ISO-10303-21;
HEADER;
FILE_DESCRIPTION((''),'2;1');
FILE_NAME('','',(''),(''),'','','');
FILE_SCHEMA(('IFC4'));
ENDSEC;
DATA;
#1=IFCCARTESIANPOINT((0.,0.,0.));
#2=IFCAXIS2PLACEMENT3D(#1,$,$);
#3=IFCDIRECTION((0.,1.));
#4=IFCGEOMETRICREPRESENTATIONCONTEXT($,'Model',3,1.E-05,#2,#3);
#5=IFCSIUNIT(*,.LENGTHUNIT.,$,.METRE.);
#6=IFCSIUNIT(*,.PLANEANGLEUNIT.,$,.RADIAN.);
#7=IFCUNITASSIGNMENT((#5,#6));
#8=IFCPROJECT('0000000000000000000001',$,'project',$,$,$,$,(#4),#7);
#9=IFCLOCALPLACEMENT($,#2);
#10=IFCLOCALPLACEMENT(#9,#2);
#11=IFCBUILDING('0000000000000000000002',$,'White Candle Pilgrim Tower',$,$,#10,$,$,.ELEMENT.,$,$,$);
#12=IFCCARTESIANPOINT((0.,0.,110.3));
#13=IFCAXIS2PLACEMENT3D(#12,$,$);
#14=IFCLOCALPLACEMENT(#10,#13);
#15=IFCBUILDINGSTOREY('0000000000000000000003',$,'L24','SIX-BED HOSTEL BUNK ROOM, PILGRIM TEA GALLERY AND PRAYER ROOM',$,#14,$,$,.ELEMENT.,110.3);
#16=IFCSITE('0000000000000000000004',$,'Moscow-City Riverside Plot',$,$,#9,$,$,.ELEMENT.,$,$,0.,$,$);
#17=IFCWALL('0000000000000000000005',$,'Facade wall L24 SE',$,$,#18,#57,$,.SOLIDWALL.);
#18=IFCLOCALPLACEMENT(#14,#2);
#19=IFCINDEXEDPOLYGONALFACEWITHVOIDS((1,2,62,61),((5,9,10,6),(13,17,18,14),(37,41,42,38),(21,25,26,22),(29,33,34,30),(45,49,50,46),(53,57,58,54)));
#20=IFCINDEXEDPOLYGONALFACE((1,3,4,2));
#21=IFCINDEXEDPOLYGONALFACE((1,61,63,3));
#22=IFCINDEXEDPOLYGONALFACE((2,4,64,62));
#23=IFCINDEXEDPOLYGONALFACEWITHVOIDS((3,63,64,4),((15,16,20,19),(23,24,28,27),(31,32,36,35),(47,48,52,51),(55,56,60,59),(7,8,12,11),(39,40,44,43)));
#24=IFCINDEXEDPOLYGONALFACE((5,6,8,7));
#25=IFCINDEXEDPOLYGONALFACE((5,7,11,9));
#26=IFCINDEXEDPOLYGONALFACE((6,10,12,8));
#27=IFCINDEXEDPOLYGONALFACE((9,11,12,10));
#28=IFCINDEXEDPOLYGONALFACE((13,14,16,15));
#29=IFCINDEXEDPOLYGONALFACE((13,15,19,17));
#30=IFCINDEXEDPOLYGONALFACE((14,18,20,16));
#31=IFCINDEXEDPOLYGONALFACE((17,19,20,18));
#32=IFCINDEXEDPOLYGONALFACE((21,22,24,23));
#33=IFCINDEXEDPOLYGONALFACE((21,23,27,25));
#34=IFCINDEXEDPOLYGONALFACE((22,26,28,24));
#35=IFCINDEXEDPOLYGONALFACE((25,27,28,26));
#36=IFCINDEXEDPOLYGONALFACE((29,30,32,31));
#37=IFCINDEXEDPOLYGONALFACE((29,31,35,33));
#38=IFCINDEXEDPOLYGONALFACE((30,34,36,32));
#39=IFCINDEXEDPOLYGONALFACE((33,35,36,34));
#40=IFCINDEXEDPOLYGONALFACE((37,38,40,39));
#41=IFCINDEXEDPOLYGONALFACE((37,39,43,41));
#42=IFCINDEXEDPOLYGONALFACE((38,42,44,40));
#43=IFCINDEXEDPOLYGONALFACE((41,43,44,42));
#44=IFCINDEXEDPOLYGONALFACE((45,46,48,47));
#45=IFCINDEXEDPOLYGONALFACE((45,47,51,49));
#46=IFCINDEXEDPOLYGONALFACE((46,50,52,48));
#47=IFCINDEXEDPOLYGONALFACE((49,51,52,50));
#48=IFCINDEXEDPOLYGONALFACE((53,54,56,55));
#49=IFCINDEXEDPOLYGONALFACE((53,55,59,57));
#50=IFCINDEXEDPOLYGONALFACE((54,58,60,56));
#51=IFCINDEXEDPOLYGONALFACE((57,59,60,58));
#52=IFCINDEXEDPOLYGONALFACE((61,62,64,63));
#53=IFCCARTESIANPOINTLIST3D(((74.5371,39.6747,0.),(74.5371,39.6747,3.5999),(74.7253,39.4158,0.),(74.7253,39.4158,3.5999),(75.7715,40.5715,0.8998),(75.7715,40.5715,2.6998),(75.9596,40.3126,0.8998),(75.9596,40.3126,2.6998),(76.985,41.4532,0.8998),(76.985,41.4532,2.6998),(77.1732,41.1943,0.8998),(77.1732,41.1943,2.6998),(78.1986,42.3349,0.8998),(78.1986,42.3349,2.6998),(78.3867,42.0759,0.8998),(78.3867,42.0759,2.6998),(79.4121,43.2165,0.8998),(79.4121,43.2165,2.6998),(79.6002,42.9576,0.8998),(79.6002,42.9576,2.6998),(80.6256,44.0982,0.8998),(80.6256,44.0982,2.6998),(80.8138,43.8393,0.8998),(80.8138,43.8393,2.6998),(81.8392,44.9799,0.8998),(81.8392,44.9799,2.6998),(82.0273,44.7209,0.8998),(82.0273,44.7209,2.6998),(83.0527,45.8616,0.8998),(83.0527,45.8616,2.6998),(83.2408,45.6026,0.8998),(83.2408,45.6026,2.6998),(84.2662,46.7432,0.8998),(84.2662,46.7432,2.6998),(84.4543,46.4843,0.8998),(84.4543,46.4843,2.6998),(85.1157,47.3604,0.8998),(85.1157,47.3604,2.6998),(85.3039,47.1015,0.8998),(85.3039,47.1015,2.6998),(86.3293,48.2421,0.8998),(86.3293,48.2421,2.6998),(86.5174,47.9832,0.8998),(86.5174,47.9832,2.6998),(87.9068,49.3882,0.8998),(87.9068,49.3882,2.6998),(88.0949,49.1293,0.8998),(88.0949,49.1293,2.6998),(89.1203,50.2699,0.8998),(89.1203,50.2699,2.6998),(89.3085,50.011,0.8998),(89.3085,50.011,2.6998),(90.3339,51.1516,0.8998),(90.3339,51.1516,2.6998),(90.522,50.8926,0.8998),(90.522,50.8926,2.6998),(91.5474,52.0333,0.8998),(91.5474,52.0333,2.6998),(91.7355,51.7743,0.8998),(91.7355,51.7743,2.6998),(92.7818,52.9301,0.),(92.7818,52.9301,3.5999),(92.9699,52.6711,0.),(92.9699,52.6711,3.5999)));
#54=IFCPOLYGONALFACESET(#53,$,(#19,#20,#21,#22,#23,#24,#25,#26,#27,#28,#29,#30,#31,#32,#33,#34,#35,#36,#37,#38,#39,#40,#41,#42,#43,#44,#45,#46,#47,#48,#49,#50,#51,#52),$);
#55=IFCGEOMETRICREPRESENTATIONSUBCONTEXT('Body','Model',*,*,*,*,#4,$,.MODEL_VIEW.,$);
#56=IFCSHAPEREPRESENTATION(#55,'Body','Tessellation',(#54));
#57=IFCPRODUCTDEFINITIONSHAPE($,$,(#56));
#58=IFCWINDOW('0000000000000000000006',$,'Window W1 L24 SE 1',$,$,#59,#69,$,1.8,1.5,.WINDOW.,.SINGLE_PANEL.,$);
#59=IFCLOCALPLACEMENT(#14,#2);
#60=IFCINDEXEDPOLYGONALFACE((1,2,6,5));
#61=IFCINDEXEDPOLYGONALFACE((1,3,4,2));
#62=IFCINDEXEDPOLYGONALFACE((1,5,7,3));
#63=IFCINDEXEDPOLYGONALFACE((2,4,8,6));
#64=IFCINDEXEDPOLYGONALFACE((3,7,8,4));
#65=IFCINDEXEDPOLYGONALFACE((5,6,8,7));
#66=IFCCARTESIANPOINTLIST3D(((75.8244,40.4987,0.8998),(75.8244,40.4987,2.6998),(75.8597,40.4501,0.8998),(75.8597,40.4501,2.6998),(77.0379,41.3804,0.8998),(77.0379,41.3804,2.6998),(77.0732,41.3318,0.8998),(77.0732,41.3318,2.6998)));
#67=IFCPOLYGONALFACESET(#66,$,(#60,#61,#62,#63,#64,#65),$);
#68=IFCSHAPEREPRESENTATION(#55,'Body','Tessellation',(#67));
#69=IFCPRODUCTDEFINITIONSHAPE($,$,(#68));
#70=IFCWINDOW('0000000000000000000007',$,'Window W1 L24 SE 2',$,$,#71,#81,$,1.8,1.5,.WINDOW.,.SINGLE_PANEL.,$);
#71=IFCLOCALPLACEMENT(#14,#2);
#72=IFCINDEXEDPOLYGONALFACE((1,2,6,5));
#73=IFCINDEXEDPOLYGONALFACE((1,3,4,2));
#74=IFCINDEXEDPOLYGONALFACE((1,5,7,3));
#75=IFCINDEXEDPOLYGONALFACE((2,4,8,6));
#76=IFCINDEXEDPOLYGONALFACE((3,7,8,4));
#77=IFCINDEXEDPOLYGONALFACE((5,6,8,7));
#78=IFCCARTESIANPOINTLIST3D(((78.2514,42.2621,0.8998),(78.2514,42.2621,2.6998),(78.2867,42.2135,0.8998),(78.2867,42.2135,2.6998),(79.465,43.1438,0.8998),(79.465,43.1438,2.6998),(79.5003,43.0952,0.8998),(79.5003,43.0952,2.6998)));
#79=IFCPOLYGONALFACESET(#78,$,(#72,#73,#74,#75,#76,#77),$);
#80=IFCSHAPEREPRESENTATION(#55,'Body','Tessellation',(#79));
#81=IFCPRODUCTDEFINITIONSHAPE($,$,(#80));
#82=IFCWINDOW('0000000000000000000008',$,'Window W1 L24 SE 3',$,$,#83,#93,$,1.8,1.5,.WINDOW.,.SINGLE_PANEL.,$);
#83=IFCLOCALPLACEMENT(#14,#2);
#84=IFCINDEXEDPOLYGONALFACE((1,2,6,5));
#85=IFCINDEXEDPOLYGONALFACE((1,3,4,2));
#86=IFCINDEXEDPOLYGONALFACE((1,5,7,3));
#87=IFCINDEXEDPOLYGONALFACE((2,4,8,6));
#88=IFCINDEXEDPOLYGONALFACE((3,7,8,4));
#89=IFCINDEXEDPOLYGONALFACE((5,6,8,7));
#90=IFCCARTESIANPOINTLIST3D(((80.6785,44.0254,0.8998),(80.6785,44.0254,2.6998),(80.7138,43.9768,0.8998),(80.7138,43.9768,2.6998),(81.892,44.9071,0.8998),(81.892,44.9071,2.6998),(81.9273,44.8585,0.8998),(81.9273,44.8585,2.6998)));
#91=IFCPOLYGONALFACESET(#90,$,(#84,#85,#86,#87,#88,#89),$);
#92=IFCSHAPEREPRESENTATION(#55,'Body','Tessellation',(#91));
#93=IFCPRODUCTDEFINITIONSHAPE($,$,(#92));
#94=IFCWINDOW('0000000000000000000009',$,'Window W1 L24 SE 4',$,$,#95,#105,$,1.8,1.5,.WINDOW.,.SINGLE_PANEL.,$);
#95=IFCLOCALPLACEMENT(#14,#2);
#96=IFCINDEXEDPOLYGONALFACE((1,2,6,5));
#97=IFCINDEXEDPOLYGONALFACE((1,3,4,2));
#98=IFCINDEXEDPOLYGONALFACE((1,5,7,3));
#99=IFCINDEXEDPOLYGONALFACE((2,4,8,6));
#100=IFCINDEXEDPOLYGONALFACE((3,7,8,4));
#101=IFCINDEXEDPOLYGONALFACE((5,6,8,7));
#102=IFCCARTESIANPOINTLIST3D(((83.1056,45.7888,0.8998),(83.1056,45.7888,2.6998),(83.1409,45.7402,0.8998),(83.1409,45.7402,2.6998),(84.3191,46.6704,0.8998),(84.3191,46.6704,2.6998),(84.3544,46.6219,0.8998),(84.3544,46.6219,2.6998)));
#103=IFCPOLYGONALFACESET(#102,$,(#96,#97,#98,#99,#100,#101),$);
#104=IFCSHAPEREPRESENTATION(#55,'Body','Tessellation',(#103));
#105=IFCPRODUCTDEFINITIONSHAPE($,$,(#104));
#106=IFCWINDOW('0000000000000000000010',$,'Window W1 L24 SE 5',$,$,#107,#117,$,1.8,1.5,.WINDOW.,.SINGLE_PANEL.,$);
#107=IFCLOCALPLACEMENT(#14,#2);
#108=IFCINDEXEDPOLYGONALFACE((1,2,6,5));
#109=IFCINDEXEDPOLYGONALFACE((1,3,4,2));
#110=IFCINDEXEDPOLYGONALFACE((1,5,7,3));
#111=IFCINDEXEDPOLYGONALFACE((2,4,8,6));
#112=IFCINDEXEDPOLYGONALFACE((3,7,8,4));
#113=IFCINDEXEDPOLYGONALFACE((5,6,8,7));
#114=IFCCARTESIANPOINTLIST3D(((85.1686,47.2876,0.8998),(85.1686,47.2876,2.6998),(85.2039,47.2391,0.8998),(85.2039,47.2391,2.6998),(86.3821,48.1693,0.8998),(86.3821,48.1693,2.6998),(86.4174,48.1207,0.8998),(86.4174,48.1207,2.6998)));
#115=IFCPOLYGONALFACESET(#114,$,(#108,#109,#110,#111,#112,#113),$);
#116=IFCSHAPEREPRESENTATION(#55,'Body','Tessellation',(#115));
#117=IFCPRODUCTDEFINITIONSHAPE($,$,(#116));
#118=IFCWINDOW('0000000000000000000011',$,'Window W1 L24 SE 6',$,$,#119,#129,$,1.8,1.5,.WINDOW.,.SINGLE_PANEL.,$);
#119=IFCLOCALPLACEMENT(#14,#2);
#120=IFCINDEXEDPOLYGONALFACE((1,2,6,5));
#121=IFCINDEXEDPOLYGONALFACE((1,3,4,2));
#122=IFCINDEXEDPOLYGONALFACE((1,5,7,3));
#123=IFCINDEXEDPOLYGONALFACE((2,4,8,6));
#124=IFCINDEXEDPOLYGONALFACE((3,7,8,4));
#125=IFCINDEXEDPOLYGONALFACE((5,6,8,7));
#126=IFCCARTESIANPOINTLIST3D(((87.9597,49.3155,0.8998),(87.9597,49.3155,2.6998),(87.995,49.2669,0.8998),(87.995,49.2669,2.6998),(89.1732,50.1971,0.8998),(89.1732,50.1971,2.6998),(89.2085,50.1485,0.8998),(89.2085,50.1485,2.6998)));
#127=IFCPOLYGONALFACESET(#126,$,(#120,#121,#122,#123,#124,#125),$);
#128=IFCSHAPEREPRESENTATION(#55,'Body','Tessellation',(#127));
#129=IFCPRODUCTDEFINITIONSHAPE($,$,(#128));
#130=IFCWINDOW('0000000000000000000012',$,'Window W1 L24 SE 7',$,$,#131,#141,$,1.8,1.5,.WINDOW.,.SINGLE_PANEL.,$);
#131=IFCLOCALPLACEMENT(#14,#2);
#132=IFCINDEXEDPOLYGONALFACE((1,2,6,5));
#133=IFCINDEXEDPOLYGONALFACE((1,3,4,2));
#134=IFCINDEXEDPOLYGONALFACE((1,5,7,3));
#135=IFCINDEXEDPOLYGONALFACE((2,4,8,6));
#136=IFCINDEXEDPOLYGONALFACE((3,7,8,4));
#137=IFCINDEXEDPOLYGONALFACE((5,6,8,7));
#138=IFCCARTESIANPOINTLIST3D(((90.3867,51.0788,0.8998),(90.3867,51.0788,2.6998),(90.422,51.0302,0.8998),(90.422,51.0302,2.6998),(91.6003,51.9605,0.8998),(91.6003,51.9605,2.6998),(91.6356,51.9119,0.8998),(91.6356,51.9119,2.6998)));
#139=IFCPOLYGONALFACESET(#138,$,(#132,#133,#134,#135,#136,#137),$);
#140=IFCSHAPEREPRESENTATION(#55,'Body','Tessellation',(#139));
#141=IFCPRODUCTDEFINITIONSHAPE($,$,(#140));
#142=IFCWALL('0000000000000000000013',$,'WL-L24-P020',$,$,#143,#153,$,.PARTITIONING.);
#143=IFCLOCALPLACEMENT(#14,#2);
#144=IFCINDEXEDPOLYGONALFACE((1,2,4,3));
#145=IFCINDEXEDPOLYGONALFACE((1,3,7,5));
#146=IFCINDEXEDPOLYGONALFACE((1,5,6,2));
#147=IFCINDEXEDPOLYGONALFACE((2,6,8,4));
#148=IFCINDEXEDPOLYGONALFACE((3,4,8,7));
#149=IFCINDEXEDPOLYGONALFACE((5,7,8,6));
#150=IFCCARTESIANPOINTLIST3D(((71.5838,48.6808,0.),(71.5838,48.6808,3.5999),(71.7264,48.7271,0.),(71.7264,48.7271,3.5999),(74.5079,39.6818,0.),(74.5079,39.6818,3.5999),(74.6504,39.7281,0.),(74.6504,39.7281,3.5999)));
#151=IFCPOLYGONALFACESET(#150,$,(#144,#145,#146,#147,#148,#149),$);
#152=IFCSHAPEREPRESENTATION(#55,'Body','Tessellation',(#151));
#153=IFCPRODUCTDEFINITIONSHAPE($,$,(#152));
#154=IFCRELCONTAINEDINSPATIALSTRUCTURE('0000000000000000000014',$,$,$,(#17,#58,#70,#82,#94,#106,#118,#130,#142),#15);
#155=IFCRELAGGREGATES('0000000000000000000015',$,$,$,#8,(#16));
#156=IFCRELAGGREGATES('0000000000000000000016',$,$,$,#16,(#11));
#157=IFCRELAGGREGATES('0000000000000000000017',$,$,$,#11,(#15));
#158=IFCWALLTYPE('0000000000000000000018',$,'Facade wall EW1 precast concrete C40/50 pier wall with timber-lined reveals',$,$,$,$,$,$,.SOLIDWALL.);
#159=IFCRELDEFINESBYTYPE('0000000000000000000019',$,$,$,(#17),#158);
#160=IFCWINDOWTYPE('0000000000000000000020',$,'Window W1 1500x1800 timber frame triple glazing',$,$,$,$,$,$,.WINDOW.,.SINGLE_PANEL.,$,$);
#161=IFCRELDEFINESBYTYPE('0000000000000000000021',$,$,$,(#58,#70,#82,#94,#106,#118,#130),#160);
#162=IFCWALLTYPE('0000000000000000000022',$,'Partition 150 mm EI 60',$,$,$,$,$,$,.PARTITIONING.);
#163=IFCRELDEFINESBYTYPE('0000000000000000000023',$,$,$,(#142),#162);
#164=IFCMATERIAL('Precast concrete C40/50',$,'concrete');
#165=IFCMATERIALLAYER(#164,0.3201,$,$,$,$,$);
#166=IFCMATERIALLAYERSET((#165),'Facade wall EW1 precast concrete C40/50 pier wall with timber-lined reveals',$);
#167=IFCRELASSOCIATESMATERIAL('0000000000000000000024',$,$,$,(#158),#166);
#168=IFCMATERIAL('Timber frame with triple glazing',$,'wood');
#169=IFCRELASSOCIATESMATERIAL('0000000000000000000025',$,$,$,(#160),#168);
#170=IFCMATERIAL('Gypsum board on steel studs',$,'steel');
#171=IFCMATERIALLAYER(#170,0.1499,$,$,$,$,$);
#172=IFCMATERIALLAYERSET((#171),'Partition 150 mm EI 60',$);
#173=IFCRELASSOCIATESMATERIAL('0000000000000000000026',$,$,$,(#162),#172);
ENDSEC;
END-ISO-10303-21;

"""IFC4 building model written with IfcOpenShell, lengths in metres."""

from ifc_helpers import new_model, si_unit, direction, frame, frame_2d, origin, place, context, subcontext, project, spatial, rectangle, extrude, material, layer, layer_set, type_object, element, fill, save


model = new_model("IFC4")

# Units and contexts
model_context = context("Model", 3, precision=1e-05, world=origin(), true_north=direction((0.0, 1.0)))
body_context = subcontext(model_context, "Body", "Model", "MODEL_VIEW")
ifc_project = project(units=[si_unit("LENGTHUNIT", "METRE"), si_unit("PLANEANGLEUNIT", "RADIAN")], contexts=[model_context])

# Site, building, storey
site_placement = place(None, origin())
site = spatial("IfcSite", under=ifc_project, at=site_placement, Name="Moscow-City Riverside Plot", CompositionType="ELEMENT", RefElevation=0.0)
building_placement = place(site_placement, origin())
building = spatial("IfcBuilding", under=site, at=building_placement, Name="White Candle Pilgrim Tower", CompositionType="ELEMENT")
storey_placement = place(building_placement, frame((0.0, 0.0, 110.3)))
storey = spatial("IfcBuildingStorey", under=building, at=storey_placement, Name="L24", Description="SIX-BED HOSTEL BUNK ROOM, PILGRIM TEA GALLERY AND PRAYER ROOM", CompositionType="ELEMENT", Elevation=110.3)

# Shared definitions
ifc_material_1 = material(Name="Gypsum board on steel studs", Category="steel")

# Wall, openings, windows
ifc_material_2 = material(Name="Precast concrete C40/50", Category="concrete")
ifc_layer_1 = layer(ifc_material_2, 0.3201)
ifc_layer_set_1 = layer_set([ifc_layer_1], Name="Facade wall EW1 precast concrete C40/50 pier wall with timber-lined reveals")
wall_type_1 = type_object("IfcWallType", Name="Facade wall EW1 precast concrete C40/50 pier wall with timber-lined reveals", PredefinedType="SOLIDWALL", material=ifc_layer_set_1)
wall_1_placement = place(storey_placement, frame((74.6311, 39.5452, 0.0), z_axis=(0.0, 0.0, 1.0), x_axis=(0.80902, 0.587782, 0.0)))
wall_1 = element("IfcWall", 1, at=wall_1_placement, inside=storey, type_object=wall_type_1, Name="Facade wall L24 SE", PredefinedType="SOLIDWALL", context=body_context, shape_type="SweptSolid", body=[
    extrude(rectangle(XDim=22.5515, YDim=0.3201, at=frame_2d((11.2759, 0.0))), origin(), (0.0, 0.0, 1.0), 3.5999),
])
opening_1_placement = place(wall_1_placement, frame((1.5259, 0.0, 0.8999)))
opening_1 = element("IfcOpeningElement", 2, at=opening_1_placement, cuts=wall_1, PredefinedType="OPENING", context=body_context, shape_type="SweptSolid", body=[
    extrude(rectangle(XDim=1.5, YDim=1.8, at=frame_2d((0.75, 0.8999))), frame((0.0, 0.1699, 0.0), z_axis=(0.0, -1.0, 0.0), x_axis=(1.0, 0.0, 0.0)), (0.0, 0.0, 1.0), 0.3401),
])
opening_2_placement = place(wall_1_placement, frame((4.5259, 0.0, 0.8999)))
opening_2 = element("IfcOpeningElement", 3, at=opening_2_placement, cuts=wall_1, PredefinedType="OPENING", context=body_context, shape_type="SweptSolid", body=[
    extrude(rectangle(XDim=1.5, YDim=1.8, at=frame_2d((0.75, 0.8999))), frame((0.0, 0.1699, 0.0), z_axis=(0.0, -1.0, 0.0), x_axis=(1.0, 0.0, 0.0)), (0.0, 0.0, 1.0), 0.3401),
])
opening_3_placement = place(wall_1_placement, frame((7.5259, 0.0, 0.8999)))
opening_3 = element("IfcOpeningElement", 4, at=opening_3_placement, cuts=wall_1, PredefinedType="OPENING", context=body_context, shape_type="SweptSolid", body=[
    extrude(rectangle(XDim=1.5, YDim=1.8, at=frame_2d((0.75, 0.8999))), frame((0.0, 0.1699, 0.0), z_axis=(0.0, -1.0, 0.0), x_axis=(1.0, 0.0, 0.0)), (0.0, 0.0, 1.0), 0.3401),
])
opening_4_placement = place(wall_1_placement, frame((10.5259, 0.0, 0.8999)))
opening_4 = element("IfcOpeningElement", 5, at=opening_4_placement, cuts=wall_1, PredefinedType="OPENING", context=body_context, shape_type="SweptSolid", body=[
    extrude(rectangle(XDim=1.5, YDim=1.8, at=frame_2d((0.75, 0.8999))), frame((0.0, 0.1699, 0.0), z_axis=(0.0, -1.0, 0.0), x_axis=(1.0, 0.0, 0.0)), (0.0, 0.0, 1.0), 0.3401),
])
opening_5_placement = place(wall_1_placement, frame((13.0759, 0.0, 0.8999)))
opening_5 = element("IfcOpeningElement", 6, at=opening_5_placement, cuts=wall_1, PredefinedType="OPENING", context=body_context, shape_type="SweptSolid", body=[
    extrude(rectangle(XDim=1.5, YDim=1.8, at=frame_2d((0.75, 0.8999))), frame((0.0, 0.1699, 0.0), z_axis=(0.0, -1.0, 0.0), x_axis=(1.0, 0.0, 0.0)), (0.0, 0.0, 1.0), 0.3401),
])
opening_6_placement = place(wall_1_placement, frame((16.5259, 0.0, 0.8999)))
opening_6 = element("IfcOpeningElement", 7, at=opening_6_placement, cuts=wall_1, PredefinedType="OPENING", context=body_context, shape_type="SweptSolid", body=[
    extrude(rectangle(XDim=1.5, YDim=1.8, at=frame_2d((0.75, 0.8999))), frame((0.0, 0.1699, 0.0), z_axis=(0.0, -1.0, 0.0), x_axis=(1.0, 0.0, 0.0)), (0.0, 0.0, 1.0), 0.3401),
])
opening_7_placement = place(wall_1_placement, frame((19.5259, 0.0, 0.8999)))
opening_7 = element("IfcOpeningElement", 8, at=opening_7_placement, cuts=wall_1, PredefinedType="OPENING", context=body_context, shape_type="SweptSolid", body=[
    extrude(rectangle(XDim=1.5, YDim=1.8, at=frame_2d((0.75, 0.8999))), frame((0.0, 0.1699, 0.0), z_axis=(0.0, -1.0, 0.0), x_axis=(1.0, 0.0, 0.0)), (0.0, 0.0, 1.0), 0.3401),
])
ifc_material_3 = material(Name="Timber frame with triple glazing", Category="wood")
window_type = type_object("IfcWindowType", Name="Window W1 1500x1800 timber frame triple glazing", PartitioningType="SINGLE_PANEL", PredefinedType="WINDOW", material=ifc_material_3)
window_1_placement = place(opening_1_placement, origin())
window_1 = element("IfcWindow", 9, at=window_1_placement, inside=storey, type_object=window_type, Name="Window W1 L24 SE 1", OverallHeight=1.8, OverallWidth=1.5, PartitioningType="SINGLE_PANEL", PredefinedType="WINDOW", context=body_context, shape_type="SweptSolid", body=[
    extrude(rectangle(XDim=1.5, YDim=1.8, at=frame_2d((0.75, 0.8999))), frame((0.0, 0.0701, 0.0), z_axis=(0.0, -1.0, 0.0), x_axis=(1.0, 0.0, 0.0)), (0.0, 0.0, 1.0), 0.0601),
])
fill(opening_1, window_1)
window_2_placement = place(opening_2_placement, origin())
window_2 = element("IfcWindow", 10, at=window_2_placement, inside=storey, type_object=window_type, Name="Window W1 L24 SE 2", OverallHeight=1.8, OverallWidth=1.5, PartitioningType="SINGLE_PANEL", PredefinedType="WINDOW", context=body_context, shape_type="SweptSolid", body=[
    extrude(rectangle(XDim=1.5, YDim=1.8, at=frame_2d((0.75, 0.8999))), frame((0.0, 0.0701, 0.0), z_axis=(0.0, -1.0, 0.0), x_axis=(1.0, 0.0, 0.0)), (0.0, 0.0, 1.0), 0.0601),
])
fill(opening_2, window_2)
window_3_placement = place(opening_3_placement, origin())
window_3 = element("IfcWindow", 11, at=window_3_placement, inside=storey, type_object=window_type, Name="Window W1 L24 SE 3", OverallHeight=1.8, OverallWidth=1.5, PartitioningType="SINGLE_PANEL", PredefinedType="WINDOW", context=body_context, shape_type="SweptSolid", body=[
    extrude(rectangle(XDim=1.5, YDim=1.8, at=frame_2d((0.75, 0.8999))), frame((0.0, 0.0701, 0.0), z_axis=(0.0, -1.0, 0.0), x_axis=(1.0, 0.0, 0.0)), (0.0, 0.0, 1.0), 0.0601),
])
fill(opening_3, window_3)
window_4_placement = place(opening_4_placement, origin())
window_4 = element("IfcWindow", 12, at=window_4_placement, inside=storey, type_object=window_type, Name="Window W1 L24 SE 4", OverallHeight=1.8, OverallWidth=1.5, PartitioningType="SINGLE_PANEL", PredefinedType="WINDOW", context=body_context, shape_type="SweptSolid", body=[
    extrude(rectangle(XDim=1.5, YDim=1.8, at=frame_2d((0.75, 0.8999))), frame((0.0, 0.0701, 0.0), z_axis=(0.0, -1.0, 0.0), x_axis=(1.0, 0.0, 0.0)), (0.0, 0.0, 1.0), 0.0601),
])
fill(opening_4, window_4)
window_5_placement = place(opening_5_placement, origin())
window_5 = element("IfcWindow", 13, at=window_5_placement, inside=storey, type_object=window_type, Name="Window W1 L24 SE 5", OverallHeight=1.8, OverallWidth=1.5, PartitioningType="SINGLE_PANEL", PredefinedType="WINDOW", context=body_context, shape_type="SweptSolid", body=[
    extrude(rectangle(XDim=1.5, YDim=1.8, at=frame_2d((0.75, 0.8999))), frame((0.0, 0.0701, 0.0), z_axis=(0.0, -1.0, 0.0), x_axis=(1.0, 0.0, 0.0)), (0.0, 0.0, 1.0), 0.0601),
])
fill(opening_5, window_5)
window_6_placement = place(opening_6_placement, origin())
window_6 = element("IfcWindow", 14, at=window_6_placement, inside=storey, type_object=window_type, Name="Window W1 L24 SE 6", OverallHeight=1.8, OverallWidth=1.5, PartitioningType="SINGLE_PANEL", PredefinedType="WINDOW", context=body_context, shape_type="SweptSolid", body=[
    extrude(rectangle(XDim=1.5, YDim=1.8, at=frame_2d((0.75, 0.8999))), frame((0.0, 0.0701, 0.0), z_axis=(0.0, -1.0, 0.0), x_axis=(1.0, 0.0, 0.0)), (0.0, 0.0, 1.0), 0.0601),
])
fill(opening_6, window_6)
window_7_placement = place(opening_7_placement, origin())
window_7 = element("IfcWindow", 15, at=window_7_placement, inside=storey, type_object=window_type, Name="Window W1 L24 SE 7", OverallHeight=1.8, OverallWidth=1.5, PartitioningType="SINGLE_PANEL", PredefinedType="WINDOW", context=body_context, shape_type="SweptSolid", body=[
    extrude(rectangle(XDim=1.5, YDim=1.8, at=frame_2d((0.75, 0.8999))), frame((0.0, 0.0701, 0.0), z_axis=(0.0, -1.0, 0.0), x_axis=(1.0, 0.0, 0.0)), (0.0, 0.0, 1.0), 0.0601),
])
fill(opening_7, window_7)

# Wall
ifc_layer_2 = layer(ifc_material_1, 0.1499)
ifc_layer_set_2 = layer_set([ifc_layer_2], Name="Partition 150 mm EI 60")
wall_type_2 = type_object("IfcWallType", Name="Partition 150 mm EI 60", PredefinedType="PARTITIONING", material=ifc_layer_set_2)
wall_2_placement = place(storey_placement, frame((74.5791, 39.7051, 0.0), z_axis=(0.0, 0.0, 1.0), x_axis=(-0.309028, 0.951053, 0.0)))
element("IfcWall", 16, at=wall_2_placement, inside=storey, type_object=wall_type_2, Name="WL-L24-P020", PredefinedType="PARTITIONING", context=body_context, shape_type="SweptSolid", body=[
    extrude(rectangle(XDim=9.4622, YDim=0.1499, at=frame_2d((4.731, 0.0))), origin(), (0.0, 0.0, 1.0), 3.5999),
])

save(model, "model.ifc")
